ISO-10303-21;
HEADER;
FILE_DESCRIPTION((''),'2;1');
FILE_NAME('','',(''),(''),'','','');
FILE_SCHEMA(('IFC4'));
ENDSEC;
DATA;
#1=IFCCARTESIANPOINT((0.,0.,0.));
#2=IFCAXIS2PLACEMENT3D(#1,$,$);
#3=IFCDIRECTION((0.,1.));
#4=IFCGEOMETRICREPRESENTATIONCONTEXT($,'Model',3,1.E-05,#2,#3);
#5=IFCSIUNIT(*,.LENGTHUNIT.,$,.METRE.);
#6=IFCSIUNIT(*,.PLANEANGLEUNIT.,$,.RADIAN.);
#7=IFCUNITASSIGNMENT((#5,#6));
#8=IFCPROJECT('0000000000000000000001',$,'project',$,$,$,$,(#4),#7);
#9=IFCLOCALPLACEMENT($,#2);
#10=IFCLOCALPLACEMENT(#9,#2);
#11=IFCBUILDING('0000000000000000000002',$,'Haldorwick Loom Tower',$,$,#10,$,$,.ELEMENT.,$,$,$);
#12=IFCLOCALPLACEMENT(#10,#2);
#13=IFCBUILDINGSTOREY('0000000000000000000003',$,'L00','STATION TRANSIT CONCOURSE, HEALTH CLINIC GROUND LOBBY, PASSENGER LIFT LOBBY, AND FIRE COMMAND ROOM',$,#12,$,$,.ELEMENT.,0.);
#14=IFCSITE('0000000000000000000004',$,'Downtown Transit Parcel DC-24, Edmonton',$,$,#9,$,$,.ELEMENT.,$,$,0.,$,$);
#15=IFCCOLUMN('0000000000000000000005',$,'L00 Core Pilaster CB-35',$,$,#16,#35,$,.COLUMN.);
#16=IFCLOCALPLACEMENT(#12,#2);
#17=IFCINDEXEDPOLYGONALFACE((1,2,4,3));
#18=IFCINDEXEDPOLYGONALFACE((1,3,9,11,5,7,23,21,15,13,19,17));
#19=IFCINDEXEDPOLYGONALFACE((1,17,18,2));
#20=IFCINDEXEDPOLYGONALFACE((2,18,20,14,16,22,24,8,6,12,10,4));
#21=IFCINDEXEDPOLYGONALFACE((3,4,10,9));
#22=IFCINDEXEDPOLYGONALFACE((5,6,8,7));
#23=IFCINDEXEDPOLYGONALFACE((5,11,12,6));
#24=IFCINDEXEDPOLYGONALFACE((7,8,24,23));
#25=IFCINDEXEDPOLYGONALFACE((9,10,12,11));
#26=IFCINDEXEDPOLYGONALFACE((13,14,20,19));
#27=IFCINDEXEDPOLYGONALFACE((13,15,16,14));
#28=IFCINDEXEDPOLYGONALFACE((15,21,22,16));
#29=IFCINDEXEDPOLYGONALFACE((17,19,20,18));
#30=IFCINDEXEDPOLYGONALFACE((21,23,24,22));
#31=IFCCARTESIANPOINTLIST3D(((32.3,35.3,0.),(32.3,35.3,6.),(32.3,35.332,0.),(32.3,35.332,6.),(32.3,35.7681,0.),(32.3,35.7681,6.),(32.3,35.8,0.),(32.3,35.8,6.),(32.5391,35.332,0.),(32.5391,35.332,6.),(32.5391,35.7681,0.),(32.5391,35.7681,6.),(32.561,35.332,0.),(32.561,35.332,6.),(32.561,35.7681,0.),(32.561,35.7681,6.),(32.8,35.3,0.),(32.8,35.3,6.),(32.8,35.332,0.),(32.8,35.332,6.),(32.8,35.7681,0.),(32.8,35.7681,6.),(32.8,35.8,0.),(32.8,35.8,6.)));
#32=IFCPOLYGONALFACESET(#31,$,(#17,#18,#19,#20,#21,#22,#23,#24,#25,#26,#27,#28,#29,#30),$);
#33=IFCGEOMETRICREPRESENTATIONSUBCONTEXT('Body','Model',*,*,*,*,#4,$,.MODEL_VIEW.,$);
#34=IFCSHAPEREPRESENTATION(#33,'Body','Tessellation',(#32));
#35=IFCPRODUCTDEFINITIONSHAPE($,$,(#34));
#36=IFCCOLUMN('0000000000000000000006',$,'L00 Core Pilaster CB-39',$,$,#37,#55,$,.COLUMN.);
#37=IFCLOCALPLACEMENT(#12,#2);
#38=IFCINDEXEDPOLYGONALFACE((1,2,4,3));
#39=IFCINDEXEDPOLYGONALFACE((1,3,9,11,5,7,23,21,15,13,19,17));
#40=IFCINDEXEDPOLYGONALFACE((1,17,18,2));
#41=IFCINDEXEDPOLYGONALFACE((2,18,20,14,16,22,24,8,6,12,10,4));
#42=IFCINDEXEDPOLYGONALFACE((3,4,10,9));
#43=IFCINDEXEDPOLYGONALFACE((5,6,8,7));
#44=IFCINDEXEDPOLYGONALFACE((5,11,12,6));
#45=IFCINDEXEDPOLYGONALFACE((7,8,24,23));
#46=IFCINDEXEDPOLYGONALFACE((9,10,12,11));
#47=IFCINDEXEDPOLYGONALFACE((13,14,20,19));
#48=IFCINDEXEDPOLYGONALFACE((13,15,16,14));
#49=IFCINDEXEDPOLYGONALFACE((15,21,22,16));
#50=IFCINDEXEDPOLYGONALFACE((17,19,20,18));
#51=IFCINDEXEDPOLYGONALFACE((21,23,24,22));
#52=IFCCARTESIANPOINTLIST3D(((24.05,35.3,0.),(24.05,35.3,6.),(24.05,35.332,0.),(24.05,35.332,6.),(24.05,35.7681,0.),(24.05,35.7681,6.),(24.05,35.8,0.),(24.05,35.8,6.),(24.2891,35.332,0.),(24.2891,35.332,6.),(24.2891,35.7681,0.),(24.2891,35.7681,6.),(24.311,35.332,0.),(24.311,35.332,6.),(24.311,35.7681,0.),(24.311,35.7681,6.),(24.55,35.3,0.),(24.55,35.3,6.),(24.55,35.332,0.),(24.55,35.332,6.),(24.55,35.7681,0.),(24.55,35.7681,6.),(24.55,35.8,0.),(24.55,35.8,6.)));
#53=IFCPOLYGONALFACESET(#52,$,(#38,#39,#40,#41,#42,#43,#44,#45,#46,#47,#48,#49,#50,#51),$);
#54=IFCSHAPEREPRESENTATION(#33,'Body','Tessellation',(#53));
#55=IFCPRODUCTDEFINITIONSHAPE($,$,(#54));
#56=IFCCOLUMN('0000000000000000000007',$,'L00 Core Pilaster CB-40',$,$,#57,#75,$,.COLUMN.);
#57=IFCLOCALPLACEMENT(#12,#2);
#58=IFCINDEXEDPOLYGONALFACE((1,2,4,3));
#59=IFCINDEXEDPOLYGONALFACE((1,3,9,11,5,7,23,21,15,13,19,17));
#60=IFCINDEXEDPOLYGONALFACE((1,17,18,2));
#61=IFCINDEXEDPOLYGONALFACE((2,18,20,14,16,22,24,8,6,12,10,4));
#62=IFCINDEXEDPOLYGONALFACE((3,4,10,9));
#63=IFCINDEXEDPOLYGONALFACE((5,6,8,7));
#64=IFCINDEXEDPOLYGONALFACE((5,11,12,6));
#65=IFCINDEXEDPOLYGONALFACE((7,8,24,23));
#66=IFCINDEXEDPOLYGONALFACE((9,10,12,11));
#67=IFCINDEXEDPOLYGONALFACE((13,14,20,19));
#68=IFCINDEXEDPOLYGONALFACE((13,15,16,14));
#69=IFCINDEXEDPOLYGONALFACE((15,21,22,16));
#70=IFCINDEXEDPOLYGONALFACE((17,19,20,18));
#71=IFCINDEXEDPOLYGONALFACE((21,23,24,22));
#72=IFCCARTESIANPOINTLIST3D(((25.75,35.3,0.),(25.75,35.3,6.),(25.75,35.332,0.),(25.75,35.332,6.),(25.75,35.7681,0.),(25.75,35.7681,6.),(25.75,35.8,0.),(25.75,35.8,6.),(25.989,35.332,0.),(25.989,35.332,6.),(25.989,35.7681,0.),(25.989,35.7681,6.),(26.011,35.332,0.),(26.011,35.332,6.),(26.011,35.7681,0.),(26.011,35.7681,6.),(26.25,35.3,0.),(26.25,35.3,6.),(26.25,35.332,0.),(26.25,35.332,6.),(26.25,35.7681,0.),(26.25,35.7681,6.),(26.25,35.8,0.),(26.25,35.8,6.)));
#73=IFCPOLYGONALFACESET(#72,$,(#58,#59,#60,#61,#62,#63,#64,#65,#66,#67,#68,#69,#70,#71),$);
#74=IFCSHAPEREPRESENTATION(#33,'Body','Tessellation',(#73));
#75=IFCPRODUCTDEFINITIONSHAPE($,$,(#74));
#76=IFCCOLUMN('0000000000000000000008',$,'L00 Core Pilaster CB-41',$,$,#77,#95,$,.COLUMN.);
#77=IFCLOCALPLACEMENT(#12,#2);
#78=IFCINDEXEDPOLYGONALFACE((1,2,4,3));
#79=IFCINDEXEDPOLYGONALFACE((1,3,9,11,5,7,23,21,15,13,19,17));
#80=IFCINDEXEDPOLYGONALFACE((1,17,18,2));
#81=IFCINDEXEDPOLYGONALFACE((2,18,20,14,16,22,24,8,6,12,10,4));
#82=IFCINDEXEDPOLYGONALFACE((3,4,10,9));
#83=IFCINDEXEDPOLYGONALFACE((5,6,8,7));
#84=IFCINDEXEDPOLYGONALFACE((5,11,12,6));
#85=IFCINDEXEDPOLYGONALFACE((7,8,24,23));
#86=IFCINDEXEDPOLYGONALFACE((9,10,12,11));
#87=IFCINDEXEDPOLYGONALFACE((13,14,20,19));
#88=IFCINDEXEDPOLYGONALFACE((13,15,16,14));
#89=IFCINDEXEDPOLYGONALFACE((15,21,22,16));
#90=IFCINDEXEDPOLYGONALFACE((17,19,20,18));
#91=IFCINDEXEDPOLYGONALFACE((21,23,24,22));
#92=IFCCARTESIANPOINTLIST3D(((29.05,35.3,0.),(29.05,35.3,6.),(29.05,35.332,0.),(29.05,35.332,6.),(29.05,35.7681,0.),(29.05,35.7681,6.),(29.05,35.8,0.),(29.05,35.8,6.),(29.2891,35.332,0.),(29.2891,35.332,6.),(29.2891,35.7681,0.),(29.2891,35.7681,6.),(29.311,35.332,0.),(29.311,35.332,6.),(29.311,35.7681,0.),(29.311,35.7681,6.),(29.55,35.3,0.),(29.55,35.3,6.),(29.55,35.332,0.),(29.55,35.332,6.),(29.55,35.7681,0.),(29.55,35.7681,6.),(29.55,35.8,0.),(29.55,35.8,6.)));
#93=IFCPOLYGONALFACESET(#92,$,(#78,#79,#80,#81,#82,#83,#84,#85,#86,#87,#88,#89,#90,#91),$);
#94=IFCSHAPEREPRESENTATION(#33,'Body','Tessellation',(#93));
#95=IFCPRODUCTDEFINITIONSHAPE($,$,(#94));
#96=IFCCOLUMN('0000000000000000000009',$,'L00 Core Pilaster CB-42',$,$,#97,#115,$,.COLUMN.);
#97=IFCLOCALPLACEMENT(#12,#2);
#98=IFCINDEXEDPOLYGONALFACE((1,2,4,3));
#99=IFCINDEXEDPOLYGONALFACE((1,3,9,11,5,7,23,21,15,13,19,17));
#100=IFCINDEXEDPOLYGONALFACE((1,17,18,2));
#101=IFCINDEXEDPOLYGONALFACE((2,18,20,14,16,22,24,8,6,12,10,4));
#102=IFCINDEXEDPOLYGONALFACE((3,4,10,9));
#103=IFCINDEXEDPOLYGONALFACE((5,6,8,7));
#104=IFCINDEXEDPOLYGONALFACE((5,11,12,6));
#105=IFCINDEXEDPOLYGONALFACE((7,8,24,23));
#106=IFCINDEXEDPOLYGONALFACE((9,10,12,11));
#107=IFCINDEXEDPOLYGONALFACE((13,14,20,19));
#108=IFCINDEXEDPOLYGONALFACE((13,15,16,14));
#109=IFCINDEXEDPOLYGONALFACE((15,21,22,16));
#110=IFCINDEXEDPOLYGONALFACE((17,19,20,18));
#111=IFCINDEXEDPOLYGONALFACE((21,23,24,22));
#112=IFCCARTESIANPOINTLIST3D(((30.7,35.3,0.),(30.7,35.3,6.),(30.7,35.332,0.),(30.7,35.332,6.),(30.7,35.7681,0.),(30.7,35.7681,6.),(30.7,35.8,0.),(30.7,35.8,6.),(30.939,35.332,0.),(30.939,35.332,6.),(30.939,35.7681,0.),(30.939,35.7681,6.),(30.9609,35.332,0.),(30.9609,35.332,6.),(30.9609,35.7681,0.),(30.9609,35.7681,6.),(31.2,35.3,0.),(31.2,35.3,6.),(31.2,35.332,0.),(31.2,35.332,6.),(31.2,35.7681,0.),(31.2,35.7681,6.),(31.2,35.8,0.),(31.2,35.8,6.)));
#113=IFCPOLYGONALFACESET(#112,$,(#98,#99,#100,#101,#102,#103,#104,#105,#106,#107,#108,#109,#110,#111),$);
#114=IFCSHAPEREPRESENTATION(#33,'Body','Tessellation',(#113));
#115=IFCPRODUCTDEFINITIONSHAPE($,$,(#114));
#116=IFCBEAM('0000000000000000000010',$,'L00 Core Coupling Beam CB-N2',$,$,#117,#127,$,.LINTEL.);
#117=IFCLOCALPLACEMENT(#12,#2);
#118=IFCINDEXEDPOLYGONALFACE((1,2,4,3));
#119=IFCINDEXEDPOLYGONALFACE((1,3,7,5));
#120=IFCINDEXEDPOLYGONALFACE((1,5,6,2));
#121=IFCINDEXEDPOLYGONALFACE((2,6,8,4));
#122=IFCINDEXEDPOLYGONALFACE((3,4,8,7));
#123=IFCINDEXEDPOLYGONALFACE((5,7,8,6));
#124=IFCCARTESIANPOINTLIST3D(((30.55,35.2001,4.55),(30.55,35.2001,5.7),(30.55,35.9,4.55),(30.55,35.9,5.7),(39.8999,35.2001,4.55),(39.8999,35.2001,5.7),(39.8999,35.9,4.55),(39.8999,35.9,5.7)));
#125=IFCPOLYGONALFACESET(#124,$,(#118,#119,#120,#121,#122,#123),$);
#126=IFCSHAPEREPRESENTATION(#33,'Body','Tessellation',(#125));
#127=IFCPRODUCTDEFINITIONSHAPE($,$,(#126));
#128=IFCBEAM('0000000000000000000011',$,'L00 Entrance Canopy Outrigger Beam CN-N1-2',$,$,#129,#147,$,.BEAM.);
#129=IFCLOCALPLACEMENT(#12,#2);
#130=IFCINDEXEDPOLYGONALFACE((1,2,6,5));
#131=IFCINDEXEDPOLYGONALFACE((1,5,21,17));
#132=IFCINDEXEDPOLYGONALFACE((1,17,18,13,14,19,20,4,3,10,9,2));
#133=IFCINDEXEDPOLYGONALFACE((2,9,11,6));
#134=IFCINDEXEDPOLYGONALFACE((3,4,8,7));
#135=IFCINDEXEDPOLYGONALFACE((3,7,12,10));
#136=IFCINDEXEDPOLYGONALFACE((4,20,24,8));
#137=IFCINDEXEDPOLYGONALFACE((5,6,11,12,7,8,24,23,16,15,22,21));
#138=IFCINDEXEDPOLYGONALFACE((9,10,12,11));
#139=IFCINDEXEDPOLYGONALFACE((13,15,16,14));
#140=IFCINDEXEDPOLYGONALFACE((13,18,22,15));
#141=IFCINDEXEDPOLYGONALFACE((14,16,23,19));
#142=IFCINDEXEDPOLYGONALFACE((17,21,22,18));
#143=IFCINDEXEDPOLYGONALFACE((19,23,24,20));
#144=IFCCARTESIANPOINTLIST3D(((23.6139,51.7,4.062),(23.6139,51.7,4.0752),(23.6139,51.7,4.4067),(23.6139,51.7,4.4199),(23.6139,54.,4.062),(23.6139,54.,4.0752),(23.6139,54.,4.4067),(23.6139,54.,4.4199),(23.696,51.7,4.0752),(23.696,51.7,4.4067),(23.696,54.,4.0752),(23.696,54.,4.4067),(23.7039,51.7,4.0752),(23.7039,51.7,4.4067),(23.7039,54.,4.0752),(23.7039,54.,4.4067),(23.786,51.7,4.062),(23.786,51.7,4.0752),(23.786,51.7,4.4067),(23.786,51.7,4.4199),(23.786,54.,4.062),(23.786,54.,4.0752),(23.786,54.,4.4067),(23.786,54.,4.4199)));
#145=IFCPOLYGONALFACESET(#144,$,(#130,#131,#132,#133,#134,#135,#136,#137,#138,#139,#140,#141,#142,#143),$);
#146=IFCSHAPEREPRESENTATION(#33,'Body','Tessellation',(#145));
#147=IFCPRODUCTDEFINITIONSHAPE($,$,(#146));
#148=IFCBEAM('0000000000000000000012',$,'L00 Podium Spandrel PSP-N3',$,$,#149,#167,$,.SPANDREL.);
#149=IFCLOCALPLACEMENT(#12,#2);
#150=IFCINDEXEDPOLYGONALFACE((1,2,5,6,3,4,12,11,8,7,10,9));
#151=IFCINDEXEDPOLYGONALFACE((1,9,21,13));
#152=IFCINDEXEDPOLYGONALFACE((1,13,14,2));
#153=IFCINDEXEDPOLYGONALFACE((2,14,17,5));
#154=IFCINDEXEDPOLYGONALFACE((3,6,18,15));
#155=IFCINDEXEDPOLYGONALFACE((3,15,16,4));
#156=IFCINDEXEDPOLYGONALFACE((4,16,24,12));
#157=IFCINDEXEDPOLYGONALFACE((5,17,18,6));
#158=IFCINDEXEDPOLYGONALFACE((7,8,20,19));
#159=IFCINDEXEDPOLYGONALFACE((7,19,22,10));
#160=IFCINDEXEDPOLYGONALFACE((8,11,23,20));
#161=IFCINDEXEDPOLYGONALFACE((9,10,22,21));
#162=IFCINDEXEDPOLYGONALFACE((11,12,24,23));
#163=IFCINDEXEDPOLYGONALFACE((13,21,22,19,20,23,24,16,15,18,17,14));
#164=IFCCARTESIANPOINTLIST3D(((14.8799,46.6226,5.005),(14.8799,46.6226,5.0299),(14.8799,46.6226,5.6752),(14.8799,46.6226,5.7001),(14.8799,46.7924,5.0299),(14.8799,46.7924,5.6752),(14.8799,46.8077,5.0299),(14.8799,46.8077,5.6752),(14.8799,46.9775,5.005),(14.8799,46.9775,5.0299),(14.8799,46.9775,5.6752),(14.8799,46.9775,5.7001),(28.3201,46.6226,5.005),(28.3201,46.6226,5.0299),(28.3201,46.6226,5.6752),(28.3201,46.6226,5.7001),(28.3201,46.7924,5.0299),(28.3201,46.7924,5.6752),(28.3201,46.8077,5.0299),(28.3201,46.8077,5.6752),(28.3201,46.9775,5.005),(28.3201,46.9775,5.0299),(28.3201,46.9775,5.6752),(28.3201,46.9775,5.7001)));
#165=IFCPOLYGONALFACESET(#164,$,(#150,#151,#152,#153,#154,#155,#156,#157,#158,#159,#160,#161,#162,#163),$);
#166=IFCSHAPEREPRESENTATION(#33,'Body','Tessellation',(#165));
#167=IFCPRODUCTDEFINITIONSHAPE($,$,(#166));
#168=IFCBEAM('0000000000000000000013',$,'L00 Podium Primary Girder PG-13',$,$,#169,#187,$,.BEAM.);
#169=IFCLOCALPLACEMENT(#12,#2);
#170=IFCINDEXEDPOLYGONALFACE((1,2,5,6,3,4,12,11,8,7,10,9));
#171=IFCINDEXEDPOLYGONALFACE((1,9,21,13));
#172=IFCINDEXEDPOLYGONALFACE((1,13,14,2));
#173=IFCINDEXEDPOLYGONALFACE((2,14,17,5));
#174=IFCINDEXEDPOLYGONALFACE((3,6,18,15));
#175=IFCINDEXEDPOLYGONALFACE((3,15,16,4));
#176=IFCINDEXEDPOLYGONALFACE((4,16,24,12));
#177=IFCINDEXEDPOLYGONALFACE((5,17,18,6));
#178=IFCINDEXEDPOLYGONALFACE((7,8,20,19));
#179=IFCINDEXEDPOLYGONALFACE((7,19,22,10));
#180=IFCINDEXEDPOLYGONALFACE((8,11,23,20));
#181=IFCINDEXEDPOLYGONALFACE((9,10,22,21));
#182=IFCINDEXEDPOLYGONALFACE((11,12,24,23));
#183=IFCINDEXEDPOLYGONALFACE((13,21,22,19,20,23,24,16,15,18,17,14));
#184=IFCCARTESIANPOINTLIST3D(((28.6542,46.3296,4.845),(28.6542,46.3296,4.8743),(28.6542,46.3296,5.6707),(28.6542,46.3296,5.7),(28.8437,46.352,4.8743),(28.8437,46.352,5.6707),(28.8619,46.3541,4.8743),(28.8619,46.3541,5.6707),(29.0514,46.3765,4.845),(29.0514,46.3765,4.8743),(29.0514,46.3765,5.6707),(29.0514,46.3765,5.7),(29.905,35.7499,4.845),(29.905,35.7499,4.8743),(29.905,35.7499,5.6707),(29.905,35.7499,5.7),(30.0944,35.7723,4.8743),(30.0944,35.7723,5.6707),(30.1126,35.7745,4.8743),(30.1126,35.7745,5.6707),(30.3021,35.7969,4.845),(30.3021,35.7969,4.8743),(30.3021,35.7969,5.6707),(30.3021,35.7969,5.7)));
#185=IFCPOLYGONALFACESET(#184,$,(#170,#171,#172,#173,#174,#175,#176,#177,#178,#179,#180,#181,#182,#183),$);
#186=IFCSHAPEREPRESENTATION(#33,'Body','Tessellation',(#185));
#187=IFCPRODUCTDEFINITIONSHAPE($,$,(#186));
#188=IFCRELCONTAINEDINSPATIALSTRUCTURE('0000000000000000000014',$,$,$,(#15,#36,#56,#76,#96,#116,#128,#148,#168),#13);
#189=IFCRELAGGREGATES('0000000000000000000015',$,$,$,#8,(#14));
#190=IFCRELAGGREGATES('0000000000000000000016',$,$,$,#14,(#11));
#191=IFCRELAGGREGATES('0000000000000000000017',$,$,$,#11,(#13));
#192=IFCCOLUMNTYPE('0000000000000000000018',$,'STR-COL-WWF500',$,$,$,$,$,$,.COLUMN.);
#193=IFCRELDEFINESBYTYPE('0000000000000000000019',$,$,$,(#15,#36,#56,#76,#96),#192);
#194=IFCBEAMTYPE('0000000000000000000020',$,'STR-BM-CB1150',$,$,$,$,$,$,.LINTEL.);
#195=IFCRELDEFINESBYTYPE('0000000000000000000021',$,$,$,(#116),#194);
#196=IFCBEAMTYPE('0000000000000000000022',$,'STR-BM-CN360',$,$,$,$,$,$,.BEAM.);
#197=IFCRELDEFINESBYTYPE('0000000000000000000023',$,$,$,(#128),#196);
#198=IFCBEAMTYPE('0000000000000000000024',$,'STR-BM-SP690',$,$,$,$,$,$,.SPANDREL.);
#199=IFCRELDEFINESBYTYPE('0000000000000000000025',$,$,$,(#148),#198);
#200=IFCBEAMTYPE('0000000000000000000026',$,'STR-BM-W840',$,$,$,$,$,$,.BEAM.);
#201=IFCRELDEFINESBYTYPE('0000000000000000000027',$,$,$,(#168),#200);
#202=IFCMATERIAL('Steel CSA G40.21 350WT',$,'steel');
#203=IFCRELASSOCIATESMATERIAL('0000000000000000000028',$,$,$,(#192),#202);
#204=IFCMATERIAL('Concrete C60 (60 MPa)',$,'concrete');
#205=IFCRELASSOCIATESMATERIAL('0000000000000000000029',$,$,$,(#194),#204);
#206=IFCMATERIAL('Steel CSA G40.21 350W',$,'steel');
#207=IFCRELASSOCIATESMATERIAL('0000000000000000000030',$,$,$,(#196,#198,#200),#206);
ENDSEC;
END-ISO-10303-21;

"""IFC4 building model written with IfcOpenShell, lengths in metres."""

from ifc_helpers import new_model, si_unit, direction, frame, origin, origin_2d, place, context, subcontext, project, spatial, rectangle, i_section, extrude, material, material_profile, profile_set, type_object, element, save


model = new_model("IFC4")

# Units and contexts
model_context = context("Model", 3, precision=1e-05, world=origin(), true_north=direction((0.0, 1.0)))
body_context = subcontext(model_context, "Body", "Model", "MODEL_VIEW")
ifc_project = project(units=[si_unit("LENGTHUNIT", "METRE"), si_unit("PLANEANGLEUNIT", "RADIAN")], contexts=[model_context])

# Site, building, storey
site_placement = place(None, origin())
site = spatial("IfcSite", under=ifc_project, at=site_placement, Name="Downtown Transit Parcel DC-24, Edmonton", CompositionType="ELEMENT", RefElevation=0.0)
building_placement = place(site_placement, origin())
building = spatial("IfcBuilding", under=site, at=building_placement, Name="Haldorwick Loom Tower", CompositionType="ELEMENT")
storey_placement = place(building_placement, origin())
storey = spatial("IfcBuildingStorey", under=building, at=storey_placement, Name="L00", Description="STATION TRANSIT CONCOURSE, HEALTH CLINIC GROUND LOBBY, PASSENGER LIFT LOBBY, AND FIRE COMMAND ROOM", CompositionType="ELEMENT", Elevation=0.0)

# Columns
ifc_material_1 = material(Name="Steel CSA G40.21 350W", Category="steel")
ifc_material_2 = material(Name="Concrete C60 (60 MPa)", Category="concrete")
ifc_material_3 = material(Name="Steel CSA G40.21 350WT", Category="steel")
ifc_material_profile_1 = material_profile(ifc_material_3, i_section(OverallWidth=0.5, OverallDepth=0.5, WebThickness=0.022, FlangeThickness=0.032, at=origin_2d()), Name="WWF500X500", Category="steel")
ifc_profile_set_1 = profile_set([ifc_material_profile_1], Name="Steel CSA G40.21 350WT")
column_type_1 = type_object("IfcColumnType", Name="STR-COL-WWF500", PredefinedType="COLUMN", material=ifc_profile_set_1)
for number, where, z_axis, x_axis, name in (
    (1, (32.55, 35.55, 0.0), (0.0, 0.0, 1.0), (1.0, 0.0, 0.0), "L00 Core Pilaster CB-35"),
    (2, (24.3, 35.55, 0.0), (0.0, 0.0, 1.0), (1.0, 0.0, 0.0), "L00 Core Pilaster CB-39"),
    (3, (26.0, 35.55, 0.0), (0.0, 0.0, 1.0), (1.0, 0.0, 0.0), "L00 Core Pilaster CB-40"),
    (4, (29.3, 35.55, 0.0), (0.0, 0.0, 1.0), (1.0, 0.0, 0.0), "L00 Core Pilaster CB-41"),
    (5, (30.95, 35.55, 0.0), (0.0, 0.0, 1.0), (1.0, 0.0, 0.0), "L00 Core Pilaster CB-42"),
):
    element("IfcColumn", number, at=place(storey_placement, frame(where, z_axis=z_axis, x_axis=x_axis)), inside=storey, type_object=column_type_1, Name=name, PredefinedType="COLUMN", context=body_context, shape_type="SweptSolid", body=[
        extrude(i_section(OverallWidth=0.5, OverallDepth=0.5, WebThickness=0.022, FlangeThickness=0.032, at=origin_2d()), origin(), (0.0, 0.0, 1.0), 6.0),
    ])

# Beams
ifc_material_profile_2 = material_profile(ifc_material_2, rectangle(XDim=0.7, YDim=1.1499, at=origin_2d()), Name="RC700X1150", Category="concrete")
ifc_profile_set_2 = profile_set([ifc_material_profile_2], Name="Concrete C60 (60 MPa)")
beam_type_1 = type_object("IfcBeamType", Name="STR-BM-CB1150", PredefinedType="LINTEL", material=ifc_profile_set_2)
beam_1_placement = place(storey_placement, frame((30.55, 35.55, 5.125), z_axis=(1.0, 0.0, 0.0), x_axis=(0.0, 1.0, 0.0)))
element("IfcBeam", 6, at=beam_1_placement, inside=storey, type_object=beam_type_1, Name="L00 Core Coupling Beam CB-N2", PredefinedType="LINTEL", context=body_context, shape_type="SweptSolid", body=[
    extrude(rectangle(XDim=0.7, YDim=1.1499, at=origin_2d()), origin(), (0.0, 0.0, 1.0), 9.3499),
])
ifc_material_profile_3 = material_profile(ifc_material_1, i_section(OverallWidth=0.1721, OverallDepth=0.3579, WebThickness=0.0078, FlangeThickness=0.0132, at=origin_2d()), Name="W360X57", Category="steel")
ifc_profile_set_3 = profile_set([ifc_material_profile_3], Name="Steel CSA G40.21 350W")
beam_type_2 = type_object("IfcBeamType", Name="STR-BM-CN360", PredefinedType="BEAM", material=ifc_profile_set_3)
beam_2_placement = place(storey_placement, frame((23.7, 51.7, 4.241), z_axis=(0.0, 1.0, 0.0), x_axis=(-1.0, 0.0, 0.0)))
element("IfcBeam", 7, at=beam_2_placement, inside=storey, type_object=beam_type_2, Name="L00 Entrance Canopy Outrigger Beam CN-N1-2", PredefinedType="BEAM", context=body_context, shape_type="SweptSolid", body=[
    extrude(i_section(OverallWidth=0.1721, OverallDepth=0.3579, WebThickness=0.0078, FlangeThickness=0.0132, at=origin_2d()), origin(), (0.0, 0.0, 1.0), 2.3),
])
ifc_material_profile_4 = material_profile(ifc_material_1, i_section(OverallWidth=0.355, OverallDepth=0.6951, WebThickness=0.0154, FlangeThickness=0.0249, at=origin_2d()), Name="W690X217", Category="steel")
ifc_profile_set_4 = profile_set([ifc_material_profile_4], Name="Steel CSA G40.21 350W")
beam_type_3 = type_object("IfcBeamType", Name="STR-BM-SP690", PredefinedType="SPANDREL", material=ifc_profile_set_4)
beam_3_placement = place(storey_placement, frame((28.3201, 46.8, 5.3525), z_axis=(-1.0, 0.0, 0.0), x_axis=(0.0, -1.0, 0.0)))
element("IfcBeam", 8, at=beam_3_placement, inside=storey, type_object=beam_type_3, Name="L00 Podium Spandrel PSP-N3", PredefinedType="SPANDREL", context=body_context, shape_type="SweptSolid", body=[
    extrude(i_section(OverallWidth=0.355, OverallDepth=0.6951, WebThickness=0.0154, FlangeThickness=0.0249, at=origin_2d()), origin(), (0.0, 0.0, 1.0), 13.4402),
])
ifc_material_profile_5 = material_profile(ifc_material_1, i_section(OverallWidth=0.3999, OverallDepth=0.855, WebThickness=0.0183, FlangeThickness=0.0293, at=origin_2d()), Name="W840X299", Category="steel")
ifc_profile_set_5 = profile_set([ifc_material_profile_5], Name="Steel CSA G40.21 350W")
beam_type_4 = type_object("IfcBeamType", Name="STR-BM-W840", PredefinedType="BEAM", material=ifc_profile_set_5)
beam_4_placement = place(storey_placement, frame((28.8528, 46.353, 5.2725), z_axis=(0.117404, -0.993084, 0.0), x_axis=(0.993084, 0.117404, 0.0)))
element("IfcBeam", 9, at=beam_4_placement, inside=storey, type_object=beam_type_4, Name="L00 Podium Primary Girder PG-13", PredefinedType="BEAM", context=body_context, shape_type="SweptSolid", body=[
    extrude(i_section(OverallWidth=0.3999, OverallDepth=0.855, WebThickness=0.0183, FlangeThickness=0.0293, at=origin_2d()), origin(), (0.0, 0.0, 1.0), 10.6533),
])

save(model, "model.ifc")
